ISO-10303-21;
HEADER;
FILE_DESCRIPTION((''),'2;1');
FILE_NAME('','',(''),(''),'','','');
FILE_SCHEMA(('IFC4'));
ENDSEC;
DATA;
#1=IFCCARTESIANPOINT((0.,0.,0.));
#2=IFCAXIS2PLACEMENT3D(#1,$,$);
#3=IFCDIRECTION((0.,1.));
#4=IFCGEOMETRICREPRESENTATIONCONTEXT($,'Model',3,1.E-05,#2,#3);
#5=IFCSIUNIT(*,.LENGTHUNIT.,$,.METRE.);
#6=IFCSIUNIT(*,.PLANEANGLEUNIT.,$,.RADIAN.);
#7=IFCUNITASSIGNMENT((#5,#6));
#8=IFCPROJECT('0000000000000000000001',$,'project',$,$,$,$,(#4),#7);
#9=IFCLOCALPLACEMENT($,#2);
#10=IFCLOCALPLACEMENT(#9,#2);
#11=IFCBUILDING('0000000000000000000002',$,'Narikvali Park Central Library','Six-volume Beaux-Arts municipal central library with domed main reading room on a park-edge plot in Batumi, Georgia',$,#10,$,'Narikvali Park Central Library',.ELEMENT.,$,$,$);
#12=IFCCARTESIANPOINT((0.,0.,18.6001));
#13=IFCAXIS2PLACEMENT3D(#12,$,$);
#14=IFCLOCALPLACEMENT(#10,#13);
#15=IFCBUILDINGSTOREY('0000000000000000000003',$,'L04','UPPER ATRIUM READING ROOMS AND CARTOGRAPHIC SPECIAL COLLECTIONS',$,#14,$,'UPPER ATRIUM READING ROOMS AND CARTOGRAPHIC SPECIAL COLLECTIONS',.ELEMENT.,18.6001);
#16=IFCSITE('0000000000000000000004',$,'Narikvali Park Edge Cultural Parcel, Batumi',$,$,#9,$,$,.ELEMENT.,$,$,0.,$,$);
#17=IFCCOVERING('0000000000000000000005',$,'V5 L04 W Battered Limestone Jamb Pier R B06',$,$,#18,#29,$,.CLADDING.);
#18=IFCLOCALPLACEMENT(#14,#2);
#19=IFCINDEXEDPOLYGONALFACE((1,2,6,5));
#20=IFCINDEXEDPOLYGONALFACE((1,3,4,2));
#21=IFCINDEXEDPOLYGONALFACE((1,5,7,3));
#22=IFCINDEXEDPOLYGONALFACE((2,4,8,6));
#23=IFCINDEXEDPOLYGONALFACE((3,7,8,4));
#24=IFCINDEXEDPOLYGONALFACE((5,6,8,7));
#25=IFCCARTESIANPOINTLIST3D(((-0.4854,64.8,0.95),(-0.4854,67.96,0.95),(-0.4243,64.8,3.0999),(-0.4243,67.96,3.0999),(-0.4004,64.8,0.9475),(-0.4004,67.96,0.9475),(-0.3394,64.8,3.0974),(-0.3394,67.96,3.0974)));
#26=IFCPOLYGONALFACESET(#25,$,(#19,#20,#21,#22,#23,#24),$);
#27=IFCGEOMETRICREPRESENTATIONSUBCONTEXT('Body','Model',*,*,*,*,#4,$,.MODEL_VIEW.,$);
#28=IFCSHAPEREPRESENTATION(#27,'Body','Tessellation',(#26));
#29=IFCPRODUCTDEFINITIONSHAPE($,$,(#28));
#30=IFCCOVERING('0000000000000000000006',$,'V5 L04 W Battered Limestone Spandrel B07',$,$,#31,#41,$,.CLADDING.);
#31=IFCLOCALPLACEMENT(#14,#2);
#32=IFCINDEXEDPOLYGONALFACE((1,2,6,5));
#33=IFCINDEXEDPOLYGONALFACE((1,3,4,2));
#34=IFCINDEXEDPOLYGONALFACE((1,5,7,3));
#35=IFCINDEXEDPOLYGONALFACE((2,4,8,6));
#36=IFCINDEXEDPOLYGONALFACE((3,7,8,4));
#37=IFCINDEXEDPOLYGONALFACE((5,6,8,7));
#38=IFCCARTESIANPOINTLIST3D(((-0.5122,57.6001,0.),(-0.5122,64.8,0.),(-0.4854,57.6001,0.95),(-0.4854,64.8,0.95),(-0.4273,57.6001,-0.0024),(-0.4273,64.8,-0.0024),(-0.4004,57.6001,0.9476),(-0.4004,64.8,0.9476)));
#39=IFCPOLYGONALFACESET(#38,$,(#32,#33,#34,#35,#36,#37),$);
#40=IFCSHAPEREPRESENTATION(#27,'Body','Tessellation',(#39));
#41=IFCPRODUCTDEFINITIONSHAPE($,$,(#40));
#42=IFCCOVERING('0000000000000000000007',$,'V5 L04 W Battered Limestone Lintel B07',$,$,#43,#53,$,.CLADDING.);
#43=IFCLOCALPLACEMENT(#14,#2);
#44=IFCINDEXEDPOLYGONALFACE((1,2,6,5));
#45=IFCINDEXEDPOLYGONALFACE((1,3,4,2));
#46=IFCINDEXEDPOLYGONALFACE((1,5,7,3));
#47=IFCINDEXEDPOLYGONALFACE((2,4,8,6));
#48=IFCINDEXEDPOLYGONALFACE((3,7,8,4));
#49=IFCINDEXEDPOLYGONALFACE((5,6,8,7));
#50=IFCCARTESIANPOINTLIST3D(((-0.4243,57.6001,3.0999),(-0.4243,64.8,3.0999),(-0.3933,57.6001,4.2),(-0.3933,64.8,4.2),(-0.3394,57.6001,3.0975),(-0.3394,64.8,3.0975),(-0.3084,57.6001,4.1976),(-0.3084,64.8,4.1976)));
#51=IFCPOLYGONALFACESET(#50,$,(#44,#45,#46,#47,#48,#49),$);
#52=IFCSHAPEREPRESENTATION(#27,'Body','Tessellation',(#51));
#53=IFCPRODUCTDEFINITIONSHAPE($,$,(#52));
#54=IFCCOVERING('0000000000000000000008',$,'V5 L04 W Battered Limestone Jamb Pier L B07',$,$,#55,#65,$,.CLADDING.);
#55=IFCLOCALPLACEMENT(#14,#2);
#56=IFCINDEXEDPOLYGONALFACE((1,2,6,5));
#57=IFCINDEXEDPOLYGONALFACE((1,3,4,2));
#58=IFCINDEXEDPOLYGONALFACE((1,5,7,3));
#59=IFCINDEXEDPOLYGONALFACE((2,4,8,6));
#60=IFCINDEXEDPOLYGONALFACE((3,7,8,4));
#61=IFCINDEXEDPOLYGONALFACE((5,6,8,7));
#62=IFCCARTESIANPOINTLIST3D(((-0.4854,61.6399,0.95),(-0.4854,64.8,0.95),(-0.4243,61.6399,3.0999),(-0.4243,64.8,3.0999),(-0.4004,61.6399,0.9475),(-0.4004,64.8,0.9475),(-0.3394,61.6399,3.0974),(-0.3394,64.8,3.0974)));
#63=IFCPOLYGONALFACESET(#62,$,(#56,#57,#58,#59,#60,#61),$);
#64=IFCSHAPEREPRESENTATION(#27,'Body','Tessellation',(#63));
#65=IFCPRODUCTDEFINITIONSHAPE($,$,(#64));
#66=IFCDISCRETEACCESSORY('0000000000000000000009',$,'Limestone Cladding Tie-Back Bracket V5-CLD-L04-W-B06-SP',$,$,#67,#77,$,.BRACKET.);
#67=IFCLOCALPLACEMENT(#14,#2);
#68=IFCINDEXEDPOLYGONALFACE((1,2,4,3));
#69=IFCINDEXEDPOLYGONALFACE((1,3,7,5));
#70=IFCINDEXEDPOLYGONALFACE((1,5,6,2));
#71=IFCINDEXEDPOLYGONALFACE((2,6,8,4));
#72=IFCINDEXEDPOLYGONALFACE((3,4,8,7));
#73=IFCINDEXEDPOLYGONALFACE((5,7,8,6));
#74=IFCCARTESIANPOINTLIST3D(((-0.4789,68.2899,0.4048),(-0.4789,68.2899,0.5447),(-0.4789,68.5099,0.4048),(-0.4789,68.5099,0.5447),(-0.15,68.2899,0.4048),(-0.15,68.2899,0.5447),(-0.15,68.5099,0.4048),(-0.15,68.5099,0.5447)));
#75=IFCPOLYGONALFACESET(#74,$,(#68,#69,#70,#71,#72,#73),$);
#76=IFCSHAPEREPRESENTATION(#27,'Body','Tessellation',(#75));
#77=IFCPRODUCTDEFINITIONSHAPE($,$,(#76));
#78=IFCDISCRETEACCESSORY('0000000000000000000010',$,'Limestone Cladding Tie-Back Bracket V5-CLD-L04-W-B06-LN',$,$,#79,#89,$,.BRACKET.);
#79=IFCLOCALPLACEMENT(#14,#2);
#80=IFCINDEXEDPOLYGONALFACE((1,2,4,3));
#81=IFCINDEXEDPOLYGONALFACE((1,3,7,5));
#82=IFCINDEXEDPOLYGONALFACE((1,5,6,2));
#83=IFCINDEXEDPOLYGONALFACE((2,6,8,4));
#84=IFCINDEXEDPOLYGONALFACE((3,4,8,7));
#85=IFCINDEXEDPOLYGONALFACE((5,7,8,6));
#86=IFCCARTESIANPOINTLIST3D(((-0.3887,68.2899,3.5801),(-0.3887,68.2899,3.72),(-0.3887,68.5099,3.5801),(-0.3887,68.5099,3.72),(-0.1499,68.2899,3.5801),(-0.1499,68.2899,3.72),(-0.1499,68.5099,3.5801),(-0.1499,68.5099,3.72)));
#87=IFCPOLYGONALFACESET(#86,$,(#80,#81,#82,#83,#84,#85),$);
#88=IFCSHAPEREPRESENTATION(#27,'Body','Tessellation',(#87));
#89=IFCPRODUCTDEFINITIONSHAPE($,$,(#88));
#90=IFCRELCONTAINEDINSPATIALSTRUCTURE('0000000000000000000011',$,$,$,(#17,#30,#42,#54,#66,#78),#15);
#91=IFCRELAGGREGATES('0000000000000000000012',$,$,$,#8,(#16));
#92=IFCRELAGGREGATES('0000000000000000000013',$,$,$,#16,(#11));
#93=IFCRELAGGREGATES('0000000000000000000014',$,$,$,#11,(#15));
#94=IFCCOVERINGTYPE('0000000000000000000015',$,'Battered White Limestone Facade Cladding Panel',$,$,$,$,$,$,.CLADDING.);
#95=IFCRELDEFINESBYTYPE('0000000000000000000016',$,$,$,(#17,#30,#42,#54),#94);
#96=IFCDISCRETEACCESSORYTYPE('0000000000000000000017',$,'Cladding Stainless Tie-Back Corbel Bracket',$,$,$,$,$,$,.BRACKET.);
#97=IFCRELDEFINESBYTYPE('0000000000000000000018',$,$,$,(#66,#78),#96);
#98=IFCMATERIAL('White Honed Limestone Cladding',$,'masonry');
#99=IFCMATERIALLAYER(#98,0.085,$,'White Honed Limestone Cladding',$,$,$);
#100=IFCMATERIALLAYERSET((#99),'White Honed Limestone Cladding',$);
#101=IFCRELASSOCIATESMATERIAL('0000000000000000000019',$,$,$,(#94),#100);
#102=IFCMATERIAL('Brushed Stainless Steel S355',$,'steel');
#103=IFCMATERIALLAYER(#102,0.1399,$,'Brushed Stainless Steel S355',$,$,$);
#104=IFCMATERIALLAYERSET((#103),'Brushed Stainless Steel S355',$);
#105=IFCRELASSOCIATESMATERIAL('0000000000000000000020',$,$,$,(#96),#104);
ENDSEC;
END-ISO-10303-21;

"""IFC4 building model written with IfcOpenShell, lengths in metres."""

from ifc_helpers import new_model, si_unit, direction, frame, origin, origin_2d, place, context, subcontext, project, spatial, polyline, rectangle, outline, extrude, material, layer, layer_set, type_object, element, save


model = new_model("IFC4")

# Units and contexts
model_context = context("Model", 3, precision=1e-05, world=origin(), true_north=direction((0.0, 1.0)))
body_context = subcontext(model_context, "Body", "Model", "MODEL_VIEW")
ifc_project = project(units=[si_unit("LENGTHUNIT", "METRE"), si_unit("PLANEANGLEUNIT", "RADIAN")], contexts=[model_context])

# Site, building, storey
site_placement = place(None, origin())
site = spatial("IfcSite", under=ifc_project, at=site_placement, Name="Narikvali Park Edge Cultural Parcel, Batumi", CompositionType="ELEMENT", RefElevation=0.0)
building_placement = place(site_placement, origin())
building = spatial("IfcBuilding", under=site, at=building_placement, Name="Narikvali Park Central Library", Description="Six-volume Beaux-Arts municipal central library with domed main reading room on a park-edge plot in Batumi, Georgia", LongName="Narikvali Park Central Library", CompositionType="ELEMENT")
storey_placement = place(building_placement, frame((0.0, 0.0, 18.6001)))
storey = spatial("IfcBuildingStorey", under=building, at=storey_placement, Name="L04", Description="UPPER ATRIUM READING ROOMS AND CARTOGRAPHIC SPECIAL COLLECTIONS", LongName="UPPER ATRIUM READING ROOMS AND CARTOGRAPHIC SPECIAL COLLECTIONS", CompositionType="ELEMENT", Elevation=18.6001)

# Coverings
ifc_material_1 = material(Name="White Honed Limestone Cladding", Category="masonry")
ifc_layer_1 = layer(ifc_material_1, 0.085, Name="White Honed Limestone Cladding")
ifc_layer_set_1 = layer_set([ifc_layer_1], Name="White Honed Limestone Cladding")
covering_type = type_object("IfcCoveringType", Name="Battered White Limestone Facade Cladding Panel", PredefinedType="CLADDING", material=ifc_layer_set_1)
covering_1_placement = place(storey_placement, frame((-0.4854, 67.96, 0.95), z_axis=(-0.999597, 0.0, 0.028378), x_axis=(0.0, -1.0, 0.0)))
element("IfcCovering", 1, at=covering_1_placement, inside=storey, type_object=covering_type, Name="V5 L04 W Battered Limestone Jamb Pier R B06", PredefinedType="CLADDING", context=body_context, shape_type="SweptSolid", body=[
    extrude(outline(polyline([(0.0, 0.0), (3.1599, 0.0), (3.1599, 2.1508), (0.0, 2.1508), (0.0, 0.0)])), origin(), (0.0, 0.0, -1.0), 0.085),
])
covering_2_placement = place(storey_placement, frame((-0.5122, 64.8, 0.0), z_axis=(-0.999601, 0.0, 0.028259), x_axis=(0.0, -1.0, 0.0)))
element("IfcCovering", 2, at=covering_2_placement, inside=storey, type_object=covering_type, Name="V5 L04 W Battered Limestone Spandrel B07", PredefinedType="CLADDING", context=body_context, shape_type="SweptSolid", body=[
    extrude(outline(polyline([(0.0, 0.0), (7.2, 0.0), (7.2, 0.9503), (0.0, 0.9503), (0.0, 0.0)])), origin(), (0.0, 0.0, -1.0), 0.085),
])
covering_3_placement = place(storey_placement, frame((-0.4243, 64.8, 3.0999), z_axis=(-0.999603, 0.0, 0.028173), x_axis=(0.0, -1.0, 0.0)))
element("IfcCovering", 3, at=covering_3_placement, inside=storey, type_object=covering_type, Name="V5 L04 W Battered Limestone Lintel B07", PredefinedType="CLADDING", context=body_context, shape_type="SweptSolid", body=[
    extrude(outline(polyline([(0.0, 0.0), (7.2, 0.0), (7.2, 1.1005), (0.0, 1.1005), (0.0, 0.0)])), origin(), (0.0, 0.0, -1.0), 0.085),
])
covering_4_placement = place(storey_placement, frame((-0.4854, 64.8, 0.95), z_axis=(-0.999597, 0.0, 0.028378), x_axis=(0.0, -1.0, 0.0)))
element("IfcCovering", 4, at=covering_4_placement, inside=storey, type_object=covering_type, Name="V5 L04 W Battered Limestone Jamb Pier L B07", PredefinedType="CLADDING", context=body_context, shape_type="SweptSolid", body=[
    extrude(outline(polyline([(0.0, 0.0), (3.1602, 0.0), (3.1602, 2.1508), (0.0, 2.1508), (0.0, 0.0)])), origin(), (0.0, 0.0, -1.0), 0.085),
])

# Discrete accessories
ifc_material_2 = material(Name="Brushed Stainless Steel S355", Category="steel")
ifc_layer_2 = layer(ifc_material_2, 0.1399, Name="Brushed Stainless Steel S355")
ifc_layer_set_2 = layer_set([ifc_layer_2], Name="Brushed Stainless Steel S355")
discrete_accessory_type = type_object("IfcDiscreteAccessoryType", Name="Cladding Stainless Tie-Back Corbel Bracket", PredefinedType="BRACKET", material=ifc_layer_set_2)
discrete_accessory_1_placement = place(storey_placement, frame((-0.3145, 68.3999, 0.4048), z_axis=(0.0, 0.0, 1.0), x_axis=(1.0, 0.0, 0.0)))
element("IfcDiscreteAccessory", 5, at=discrete_accessory_1_placement, inside=storey, type_object=discrete_accessory_type, Name="Limestone Cladding Tie-Back Bracket V5-CLD-L04-W-B06-SP", PredefinedType="BRACKET", context=body_context, shape_type="SweptSolid", body=[
    extrude(rectangle(XDim=0.3289, YDim=0.22, at=origin_2d()), origin(), (0.0, 0.0, 1.0), 0.1399),
])
discrete_accessory_2_placement = place(storey_placement, frame((-0.2693, 68.3999, 3.5801), z_axis=(0.0, 0.0, 1.0), x_axis=(1.0, 0.0, 0.0)))
element("IfcDiscreteAccessory", 6, at=discrete_accessory_2_placement, inside=storey, type_object=discrete_accessory_type, Name="Limestone Cladding Tie-Back Bracket V5-CLD-L04-W-B06-LN", PredefinedType="BRACKET", context=body_context, shape_type="SweptSolid", body=[
    extrude(rectangle(XDim=0.2388, YDim=0.22, at=origin_2d()), origin(), (0.0, 0.0, 1.0), 0.1399),
])

save(model, "model.ifc")
